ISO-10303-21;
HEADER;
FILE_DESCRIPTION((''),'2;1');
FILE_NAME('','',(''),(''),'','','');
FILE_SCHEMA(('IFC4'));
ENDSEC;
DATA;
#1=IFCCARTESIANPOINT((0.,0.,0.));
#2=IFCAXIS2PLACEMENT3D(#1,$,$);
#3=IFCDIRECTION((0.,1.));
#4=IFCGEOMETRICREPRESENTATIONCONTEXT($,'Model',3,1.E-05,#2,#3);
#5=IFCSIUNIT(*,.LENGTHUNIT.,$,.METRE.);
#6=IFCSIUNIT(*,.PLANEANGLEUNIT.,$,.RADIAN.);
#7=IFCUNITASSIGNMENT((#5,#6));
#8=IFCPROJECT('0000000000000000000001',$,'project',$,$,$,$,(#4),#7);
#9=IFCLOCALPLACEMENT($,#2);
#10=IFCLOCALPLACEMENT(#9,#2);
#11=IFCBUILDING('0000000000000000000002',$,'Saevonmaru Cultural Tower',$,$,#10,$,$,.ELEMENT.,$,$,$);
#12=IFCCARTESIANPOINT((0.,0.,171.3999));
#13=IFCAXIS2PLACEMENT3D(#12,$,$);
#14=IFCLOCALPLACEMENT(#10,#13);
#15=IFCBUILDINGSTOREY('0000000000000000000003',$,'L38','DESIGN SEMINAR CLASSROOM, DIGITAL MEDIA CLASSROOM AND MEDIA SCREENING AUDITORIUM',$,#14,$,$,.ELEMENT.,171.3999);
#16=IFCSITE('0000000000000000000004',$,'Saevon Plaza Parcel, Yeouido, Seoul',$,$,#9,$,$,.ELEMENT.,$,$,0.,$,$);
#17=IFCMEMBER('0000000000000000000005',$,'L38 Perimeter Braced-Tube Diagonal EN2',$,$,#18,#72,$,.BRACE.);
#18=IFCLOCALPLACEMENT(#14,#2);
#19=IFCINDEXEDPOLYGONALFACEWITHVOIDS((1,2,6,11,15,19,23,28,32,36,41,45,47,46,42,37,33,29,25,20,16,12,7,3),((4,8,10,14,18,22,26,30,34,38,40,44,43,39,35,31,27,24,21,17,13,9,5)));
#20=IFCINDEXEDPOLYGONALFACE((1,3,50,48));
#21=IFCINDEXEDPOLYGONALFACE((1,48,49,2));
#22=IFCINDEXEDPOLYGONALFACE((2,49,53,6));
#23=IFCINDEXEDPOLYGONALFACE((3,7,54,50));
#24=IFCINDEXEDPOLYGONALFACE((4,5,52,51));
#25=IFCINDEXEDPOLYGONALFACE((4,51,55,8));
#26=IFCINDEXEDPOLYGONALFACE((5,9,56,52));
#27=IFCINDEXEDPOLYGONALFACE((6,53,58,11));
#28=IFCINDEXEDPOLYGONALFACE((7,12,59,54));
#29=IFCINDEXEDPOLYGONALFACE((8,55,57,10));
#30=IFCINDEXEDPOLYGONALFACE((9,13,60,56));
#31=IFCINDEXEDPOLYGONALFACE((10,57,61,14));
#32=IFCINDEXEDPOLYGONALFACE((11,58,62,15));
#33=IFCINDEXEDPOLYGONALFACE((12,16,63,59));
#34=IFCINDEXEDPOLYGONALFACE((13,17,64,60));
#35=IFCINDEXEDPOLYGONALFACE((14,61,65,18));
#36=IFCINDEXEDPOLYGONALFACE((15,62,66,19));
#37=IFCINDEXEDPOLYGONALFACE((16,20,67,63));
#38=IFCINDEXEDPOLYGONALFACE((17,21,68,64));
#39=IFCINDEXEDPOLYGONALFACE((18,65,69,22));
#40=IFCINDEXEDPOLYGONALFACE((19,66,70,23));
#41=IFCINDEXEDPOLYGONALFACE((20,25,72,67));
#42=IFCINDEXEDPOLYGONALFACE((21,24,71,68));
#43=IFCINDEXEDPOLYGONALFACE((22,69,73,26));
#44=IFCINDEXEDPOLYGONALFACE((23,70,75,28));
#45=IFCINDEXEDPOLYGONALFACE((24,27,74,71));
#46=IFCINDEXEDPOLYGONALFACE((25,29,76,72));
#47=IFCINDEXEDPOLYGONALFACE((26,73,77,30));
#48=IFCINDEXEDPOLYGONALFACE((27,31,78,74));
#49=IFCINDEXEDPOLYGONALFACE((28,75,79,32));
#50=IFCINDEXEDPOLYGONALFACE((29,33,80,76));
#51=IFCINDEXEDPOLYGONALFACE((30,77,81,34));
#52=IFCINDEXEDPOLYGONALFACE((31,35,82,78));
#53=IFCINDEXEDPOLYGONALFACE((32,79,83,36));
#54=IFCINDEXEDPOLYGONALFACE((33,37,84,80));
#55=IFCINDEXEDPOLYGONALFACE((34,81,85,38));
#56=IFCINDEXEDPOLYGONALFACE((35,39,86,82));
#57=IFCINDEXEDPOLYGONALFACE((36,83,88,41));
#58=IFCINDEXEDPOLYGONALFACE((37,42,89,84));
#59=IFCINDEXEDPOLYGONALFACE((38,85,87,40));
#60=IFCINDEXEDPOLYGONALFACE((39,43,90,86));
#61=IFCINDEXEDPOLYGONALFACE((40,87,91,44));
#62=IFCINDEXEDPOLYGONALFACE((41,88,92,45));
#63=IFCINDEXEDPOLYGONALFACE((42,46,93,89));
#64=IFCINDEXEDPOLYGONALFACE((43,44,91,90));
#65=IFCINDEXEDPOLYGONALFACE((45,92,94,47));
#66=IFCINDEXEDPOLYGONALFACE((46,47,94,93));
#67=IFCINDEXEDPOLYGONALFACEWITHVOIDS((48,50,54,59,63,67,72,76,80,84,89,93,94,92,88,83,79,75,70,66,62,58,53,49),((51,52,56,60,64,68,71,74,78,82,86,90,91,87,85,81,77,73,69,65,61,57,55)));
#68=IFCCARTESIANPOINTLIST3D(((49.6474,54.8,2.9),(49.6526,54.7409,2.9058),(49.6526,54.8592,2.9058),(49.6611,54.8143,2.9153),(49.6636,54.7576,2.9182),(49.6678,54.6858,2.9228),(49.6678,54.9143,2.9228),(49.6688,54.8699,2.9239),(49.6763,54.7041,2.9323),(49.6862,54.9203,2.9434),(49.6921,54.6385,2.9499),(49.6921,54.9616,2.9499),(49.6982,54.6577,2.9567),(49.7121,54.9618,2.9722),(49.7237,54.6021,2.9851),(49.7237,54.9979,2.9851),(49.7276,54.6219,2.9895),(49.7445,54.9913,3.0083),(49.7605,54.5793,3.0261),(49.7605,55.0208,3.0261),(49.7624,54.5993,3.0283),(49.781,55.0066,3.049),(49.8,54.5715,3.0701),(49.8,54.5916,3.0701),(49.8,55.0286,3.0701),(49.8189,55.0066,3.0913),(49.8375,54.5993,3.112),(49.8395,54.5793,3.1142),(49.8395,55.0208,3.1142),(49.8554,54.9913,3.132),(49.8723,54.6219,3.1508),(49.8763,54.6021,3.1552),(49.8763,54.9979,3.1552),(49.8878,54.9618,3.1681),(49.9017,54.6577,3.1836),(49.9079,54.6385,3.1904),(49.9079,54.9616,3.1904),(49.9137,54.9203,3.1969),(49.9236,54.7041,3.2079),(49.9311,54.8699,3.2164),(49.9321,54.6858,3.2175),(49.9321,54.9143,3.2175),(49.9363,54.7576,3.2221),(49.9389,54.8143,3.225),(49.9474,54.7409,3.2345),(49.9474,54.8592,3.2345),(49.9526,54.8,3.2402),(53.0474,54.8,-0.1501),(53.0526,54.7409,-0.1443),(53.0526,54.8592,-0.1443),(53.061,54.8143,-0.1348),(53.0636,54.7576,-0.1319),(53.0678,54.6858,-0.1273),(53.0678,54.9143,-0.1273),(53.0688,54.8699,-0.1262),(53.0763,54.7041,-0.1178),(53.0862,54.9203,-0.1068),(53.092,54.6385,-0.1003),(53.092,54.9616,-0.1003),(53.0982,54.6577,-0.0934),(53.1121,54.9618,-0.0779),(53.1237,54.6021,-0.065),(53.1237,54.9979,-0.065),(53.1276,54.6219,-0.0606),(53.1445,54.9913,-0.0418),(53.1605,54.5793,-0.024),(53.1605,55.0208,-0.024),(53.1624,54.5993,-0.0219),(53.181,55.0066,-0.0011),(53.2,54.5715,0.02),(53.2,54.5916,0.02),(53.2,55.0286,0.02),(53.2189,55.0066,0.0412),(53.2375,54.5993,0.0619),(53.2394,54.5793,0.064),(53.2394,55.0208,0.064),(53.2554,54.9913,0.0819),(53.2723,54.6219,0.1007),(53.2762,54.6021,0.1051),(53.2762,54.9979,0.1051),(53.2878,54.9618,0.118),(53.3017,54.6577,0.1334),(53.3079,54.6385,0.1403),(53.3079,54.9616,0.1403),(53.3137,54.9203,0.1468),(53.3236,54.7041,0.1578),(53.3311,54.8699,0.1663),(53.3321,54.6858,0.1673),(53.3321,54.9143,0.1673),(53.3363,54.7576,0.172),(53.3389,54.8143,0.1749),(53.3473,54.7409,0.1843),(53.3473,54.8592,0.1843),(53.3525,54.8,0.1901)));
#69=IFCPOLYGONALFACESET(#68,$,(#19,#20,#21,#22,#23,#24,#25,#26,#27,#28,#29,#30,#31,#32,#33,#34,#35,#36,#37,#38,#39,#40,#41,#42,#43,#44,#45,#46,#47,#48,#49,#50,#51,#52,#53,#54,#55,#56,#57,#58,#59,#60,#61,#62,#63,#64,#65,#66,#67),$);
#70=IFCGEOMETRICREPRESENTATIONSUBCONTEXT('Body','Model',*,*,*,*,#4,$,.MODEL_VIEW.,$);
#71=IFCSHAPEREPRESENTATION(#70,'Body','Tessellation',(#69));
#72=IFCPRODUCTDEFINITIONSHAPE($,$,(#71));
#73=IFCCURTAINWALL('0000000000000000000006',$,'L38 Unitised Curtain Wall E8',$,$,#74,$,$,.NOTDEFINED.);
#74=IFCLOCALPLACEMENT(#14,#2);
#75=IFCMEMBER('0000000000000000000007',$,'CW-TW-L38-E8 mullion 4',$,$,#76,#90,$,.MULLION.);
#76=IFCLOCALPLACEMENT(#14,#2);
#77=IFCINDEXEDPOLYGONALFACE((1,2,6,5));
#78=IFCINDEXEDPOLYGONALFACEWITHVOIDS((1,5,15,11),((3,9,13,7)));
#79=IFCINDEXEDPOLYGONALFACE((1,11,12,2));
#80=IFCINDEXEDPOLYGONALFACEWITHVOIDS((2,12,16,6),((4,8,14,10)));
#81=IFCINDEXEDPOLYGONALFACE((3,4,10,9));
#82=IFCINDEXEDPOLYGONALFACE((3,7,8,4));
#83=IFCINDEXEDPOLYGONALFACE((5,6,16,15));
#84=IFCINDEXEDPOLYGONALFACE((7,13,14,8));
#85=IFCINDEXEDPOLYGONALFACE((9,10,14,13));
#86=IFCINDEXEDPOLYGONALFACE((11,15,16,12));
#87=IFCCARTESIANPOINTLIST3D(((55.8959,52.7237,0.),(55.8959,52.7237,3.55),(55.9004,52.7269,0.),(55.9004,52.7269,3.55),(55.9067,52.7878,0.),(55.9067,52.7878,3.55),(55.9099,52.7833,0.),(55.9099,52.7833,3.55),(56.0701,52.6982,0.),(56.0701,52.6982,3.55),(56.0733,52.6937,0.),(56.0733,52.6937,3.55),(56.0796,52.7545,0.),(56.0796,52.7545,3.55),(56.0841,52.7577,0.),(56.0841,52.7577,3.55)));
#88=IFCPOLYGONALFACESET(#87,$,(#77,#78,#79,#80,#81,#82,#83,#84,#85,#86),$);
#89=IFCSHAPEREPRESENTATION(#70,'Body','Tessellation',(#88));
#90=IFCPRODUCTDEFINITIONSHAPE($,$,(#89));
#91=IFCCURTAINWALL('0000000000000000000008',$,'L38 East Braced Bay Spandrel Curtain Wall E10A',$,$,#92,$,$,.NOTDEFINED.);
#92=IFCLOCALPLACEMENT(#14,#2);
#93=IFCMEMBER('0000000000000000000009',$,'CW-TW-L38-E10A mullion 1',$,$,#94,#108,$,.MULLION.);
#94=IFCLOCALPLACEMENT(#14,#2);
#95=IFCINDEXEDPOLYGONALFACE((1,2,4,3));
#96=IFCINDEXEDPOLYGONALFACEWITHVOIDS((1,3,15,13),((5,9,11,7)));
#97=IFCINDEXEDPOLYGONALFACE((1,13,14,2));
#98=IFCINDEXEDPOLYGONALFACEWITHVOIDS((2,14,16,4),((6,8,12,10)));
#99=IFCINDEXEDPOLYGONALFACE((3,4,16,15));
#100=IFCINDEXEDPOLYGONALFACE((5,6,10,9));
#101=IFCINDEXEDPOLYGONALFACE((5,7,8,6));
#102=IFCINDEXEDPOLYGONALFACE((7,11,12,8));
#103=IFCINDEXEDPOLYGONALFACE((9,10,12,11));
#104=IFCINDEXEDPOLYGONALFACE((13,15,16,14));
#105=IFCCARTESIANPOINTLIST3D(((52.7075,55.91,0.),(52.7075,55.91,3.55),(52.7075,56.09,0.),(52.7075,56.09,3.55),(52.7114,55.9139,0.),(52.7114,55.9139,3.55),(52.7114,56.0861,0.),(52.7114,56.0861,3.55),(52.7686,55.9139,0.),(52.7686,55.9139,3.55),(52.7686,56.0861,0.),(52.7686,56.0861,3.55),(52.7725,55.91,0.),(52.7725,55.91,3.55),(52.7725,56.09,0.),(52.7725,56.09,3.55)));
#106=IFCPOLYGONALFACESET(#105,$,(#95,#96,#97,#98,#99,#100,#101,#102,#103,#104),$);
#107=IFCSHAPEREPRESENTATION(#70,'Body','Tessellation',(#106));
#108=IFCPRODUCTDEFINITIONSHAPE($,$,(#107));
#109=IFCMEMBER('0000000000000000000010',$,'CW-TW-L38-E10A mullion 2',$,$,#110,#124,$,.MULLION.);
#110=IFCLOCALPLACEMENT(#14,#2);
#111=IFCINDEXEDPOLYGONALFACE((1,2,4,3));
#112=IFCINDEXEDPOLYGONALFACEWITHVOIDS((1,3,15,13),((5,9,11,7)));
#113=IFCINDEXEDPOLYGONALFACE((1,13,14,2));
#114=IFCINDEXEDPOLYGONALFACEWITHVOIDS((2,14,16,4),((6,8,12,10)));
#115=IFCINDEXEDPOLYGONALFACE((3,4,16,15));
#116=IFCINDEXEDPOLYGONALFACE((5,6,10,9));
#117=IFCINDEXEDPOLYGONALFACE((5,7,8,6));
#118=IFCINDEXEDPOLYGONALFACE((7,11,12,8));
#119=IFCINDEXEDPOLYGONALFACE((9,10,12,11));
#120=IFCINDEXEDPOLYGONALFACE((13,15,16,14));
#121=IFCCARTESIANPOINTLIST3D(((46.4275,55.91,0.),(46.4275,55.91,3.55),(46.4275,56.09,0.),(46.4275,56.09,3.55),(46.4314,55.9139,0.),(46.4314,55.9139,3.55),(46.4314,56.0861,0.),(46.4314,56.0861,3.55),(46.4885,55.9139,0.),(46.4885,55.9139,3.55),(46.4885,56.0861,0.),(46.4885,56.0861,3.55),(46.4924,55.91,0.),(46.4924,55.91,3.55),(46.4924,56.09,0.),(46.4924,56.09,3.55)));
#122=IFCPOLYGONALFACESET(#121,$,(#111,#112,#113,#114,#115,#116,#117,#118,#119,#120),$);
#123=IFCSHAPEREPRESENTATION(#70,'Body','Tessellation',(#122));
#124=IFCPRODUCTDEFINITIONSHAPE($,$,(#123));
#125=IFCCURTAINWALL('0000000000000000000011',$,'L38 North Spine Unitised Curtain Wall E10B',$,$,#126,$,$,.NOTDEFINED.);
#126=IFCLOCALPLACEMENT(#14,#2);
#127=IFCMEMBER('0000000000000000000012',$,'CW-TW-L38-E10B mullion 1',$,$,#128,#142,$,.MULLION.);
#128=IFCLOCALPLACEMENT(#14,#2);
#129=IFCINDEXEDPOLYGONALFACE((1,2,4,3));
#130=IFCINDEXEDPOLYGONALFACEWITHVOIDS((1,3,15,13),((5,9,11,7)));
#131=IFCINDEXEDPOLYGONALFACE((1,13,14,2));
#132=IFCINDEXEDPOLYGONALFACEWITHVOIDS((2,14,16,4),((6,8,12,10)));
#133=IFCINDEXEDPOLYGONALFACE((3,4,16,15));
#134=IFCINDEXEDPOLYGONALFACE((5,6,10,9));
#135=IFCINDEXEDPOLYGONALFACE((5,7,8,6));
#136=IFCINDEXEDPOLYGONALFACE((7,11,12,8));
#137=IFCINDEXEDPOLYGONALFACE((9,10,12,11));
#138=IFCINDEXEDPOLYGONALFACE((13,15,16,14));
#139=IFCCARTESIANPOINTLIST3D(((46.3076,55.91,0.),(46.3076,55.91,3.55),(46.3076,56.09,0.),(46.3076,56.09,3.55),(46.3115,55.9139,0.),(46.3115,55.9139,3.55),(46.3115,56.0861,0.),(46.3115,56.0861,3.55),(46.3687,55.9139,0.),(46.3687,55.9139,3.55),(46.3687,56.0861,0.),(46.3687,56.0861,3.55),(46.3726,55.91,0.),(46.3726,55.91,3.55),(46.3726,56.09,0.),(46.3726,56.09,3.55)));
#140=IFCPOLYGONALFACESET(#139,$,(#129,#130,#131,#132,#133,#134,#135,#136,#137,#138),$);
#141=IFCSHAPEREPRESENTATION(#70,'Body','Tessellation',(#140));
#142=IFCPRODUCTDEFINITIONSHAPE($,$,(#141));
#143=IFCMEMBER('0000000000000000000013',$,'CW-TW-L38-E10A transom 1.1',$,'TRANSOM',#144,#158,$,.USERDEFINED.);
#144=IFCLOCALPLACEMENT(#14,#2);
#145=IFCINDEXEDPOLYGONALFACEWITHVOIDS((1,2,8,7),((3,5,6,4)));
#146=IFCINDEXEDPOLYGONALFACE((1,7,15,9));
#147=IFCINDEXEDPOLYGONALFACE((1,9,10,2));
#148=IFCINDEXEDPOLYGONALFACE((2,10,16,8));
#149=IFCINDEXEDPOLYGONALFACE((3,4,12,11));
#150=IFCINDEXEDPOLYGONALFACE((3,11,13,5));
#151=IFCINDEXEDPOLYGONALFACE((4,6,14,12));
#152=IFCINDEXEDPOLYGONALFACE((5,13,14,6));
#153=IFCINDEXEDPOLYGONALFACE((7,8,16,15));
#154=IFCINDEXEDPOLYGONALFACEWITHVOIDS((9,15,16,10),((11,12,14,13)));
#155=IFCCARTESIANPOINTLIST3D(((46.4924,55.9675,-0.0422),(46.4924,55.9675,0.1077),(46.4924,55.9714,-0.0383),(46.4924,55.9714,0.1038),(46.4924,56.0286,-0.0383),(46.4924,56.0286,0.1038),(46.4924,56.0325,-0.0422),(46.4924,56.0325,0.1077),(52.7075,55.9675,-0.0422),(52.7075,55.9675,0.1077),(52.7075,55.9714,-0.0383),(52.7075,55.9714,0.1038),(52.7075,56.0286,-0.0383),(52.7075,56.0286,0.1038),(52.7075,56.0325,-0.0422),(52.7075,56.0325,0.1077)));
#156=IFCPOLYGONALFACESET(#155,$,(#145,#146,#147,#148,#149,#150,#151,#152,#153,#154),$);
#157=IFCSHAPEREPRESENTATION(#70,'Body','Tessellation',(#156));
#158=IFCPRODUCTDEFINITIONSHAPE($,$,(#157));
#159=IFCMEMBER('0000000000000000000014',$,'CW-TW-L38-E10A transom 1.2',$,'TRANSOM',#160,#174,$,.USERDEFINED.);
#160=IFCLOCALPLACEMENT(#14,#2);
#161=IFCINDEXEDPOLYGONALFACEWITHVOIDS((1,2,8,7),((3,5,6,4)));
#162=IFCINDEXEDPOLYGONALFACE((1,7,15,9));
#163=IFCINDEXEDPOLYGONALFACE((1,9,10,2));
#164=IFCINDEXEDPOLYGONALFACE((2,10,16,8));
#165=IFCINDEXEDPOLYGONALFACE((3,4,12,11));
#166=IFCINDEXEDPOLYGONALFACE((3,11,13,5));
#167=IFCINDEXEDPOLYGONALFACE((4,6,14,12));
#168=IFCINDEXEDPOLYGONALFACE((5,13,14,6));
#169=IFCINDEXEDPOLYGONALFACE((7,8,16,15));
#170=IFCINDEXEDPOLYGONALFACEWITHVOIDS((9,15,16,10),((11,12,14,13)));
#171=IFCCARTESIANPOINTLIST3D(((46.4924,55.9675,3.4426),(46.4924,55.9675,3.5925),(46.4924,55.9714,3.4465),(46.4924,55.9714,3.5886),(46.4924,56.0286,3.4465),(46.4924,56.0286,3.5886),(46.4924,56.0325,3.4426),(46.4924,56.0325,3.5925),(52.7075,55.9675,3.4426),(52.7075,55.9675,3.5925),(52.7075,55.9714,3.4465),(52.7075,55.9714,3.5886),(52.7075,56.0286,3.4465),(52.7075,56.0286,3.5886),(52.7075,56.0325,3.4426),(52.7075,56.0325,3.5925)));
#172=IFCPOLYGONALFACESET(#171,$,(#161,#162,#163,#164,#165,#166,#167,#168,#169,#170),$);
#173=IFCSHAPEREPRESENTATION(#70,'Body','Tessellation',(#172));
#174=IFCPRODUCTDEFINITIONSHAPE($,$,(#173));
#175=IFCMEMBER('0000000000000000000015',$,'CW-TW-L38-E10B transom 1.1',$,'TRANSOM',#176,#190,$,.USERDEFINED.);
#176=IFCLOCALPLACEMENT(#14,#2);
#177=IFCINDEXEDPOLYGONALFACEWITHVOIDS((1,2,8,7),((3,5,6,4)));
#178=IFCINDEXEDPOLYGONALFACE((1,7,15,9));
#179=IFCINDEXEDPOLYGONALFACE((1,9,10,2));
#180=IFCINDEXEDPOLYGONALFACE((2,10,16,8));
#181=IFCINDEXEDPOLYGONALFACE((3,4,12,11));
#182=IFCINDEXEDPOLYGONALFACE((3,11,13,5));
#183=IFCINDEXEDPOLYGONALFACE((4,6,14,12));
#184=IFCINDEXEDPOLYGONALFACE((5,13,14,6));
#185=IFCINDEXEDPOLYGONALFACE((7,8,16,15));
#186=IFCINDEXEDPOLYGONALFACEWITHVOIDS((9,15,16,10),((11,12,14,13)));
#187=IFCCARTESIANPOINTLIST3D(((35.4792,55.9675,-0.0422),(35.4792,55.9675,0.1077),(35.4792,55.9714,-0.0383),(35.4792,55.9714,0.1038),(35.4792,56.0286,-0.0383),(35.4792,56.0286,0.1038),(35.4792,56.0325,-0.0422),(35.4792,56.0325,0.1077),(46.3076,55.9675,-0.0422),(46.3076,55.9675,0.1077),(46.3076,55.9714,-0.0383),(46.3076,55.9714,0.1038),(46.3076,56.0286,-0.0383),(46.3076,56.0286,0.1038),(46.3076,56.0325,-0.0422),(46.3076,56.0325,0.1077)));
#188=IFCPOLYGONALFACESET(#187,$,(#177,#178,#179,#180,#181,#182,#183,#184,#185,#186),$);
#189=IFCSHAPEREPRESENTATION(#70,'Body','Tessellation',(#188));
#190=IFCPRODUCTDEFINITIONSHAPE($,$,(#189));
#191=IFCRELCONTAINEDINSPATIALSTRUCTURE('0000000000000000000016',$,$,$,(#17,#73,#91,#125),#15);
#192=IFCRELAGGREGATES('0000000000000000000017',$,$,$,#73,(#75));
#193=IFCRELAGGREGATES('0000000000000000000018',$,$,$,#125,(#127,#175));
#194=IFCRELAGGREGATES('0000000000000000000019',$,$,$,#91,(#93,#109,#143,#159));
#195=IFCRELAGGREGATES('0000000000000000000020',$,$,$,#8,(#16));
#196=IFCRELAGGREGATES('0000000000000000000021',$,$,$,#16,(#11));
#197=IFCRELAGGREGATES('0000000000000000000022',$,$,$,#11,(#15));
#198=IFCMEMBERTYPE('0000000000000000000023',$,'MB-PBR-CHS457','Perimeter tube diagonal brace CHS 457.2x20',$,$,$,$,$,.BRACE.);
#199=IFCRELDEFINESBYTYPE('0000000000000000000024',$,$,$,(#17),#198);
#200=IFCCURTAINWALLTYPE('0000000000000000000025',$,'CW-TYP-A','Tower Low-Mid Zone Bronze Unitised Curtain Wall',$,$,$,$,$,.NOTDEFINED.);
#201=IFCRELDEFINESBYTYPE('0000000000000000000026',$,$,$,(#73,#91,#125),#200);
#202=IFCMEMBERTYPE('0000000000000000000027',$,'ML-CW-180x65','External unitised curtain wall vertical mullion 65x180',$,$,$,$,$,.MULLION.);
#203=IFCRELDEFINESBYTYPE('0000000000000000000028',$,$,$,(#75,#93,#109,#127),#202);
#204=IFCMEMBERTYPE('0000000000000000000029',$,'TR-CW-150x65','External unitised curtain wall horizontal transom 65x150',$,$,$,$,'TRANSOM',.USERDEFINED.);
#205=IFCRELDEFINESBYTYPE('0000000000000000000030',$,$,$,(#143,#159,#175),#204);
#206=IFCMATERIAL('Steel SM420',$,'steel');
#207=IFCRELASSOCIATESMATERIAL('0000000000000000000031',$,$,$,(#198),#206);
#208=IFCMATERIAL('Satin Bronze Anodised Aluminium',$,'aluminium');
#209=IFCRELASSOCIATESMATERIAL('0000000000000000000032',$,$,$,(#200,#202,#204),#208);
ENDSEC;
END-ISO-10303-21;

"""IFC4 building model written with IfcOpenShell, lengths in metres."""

from ifc_helpers import new_model, si_unit, direction, frame, origin, origin_2d, place, context, subcontext, project, spatial, hollow_rectangle, hollow_circle, extrude, material, material_profile, profile_set, type_object, element, aggregate, save


model = new_model("IFC4")

# Units and contexts
model_context = context("Model", 3, precision=1e-05, world=origin(), true_north=direction((0.0, 1.0)))
body_context = subcontext(model_context, "Body", "Model", "MODEL_VIEW")
ifc_project = project(units=[si_unit("LENGTHUNIT", "METRE"), si_unit("PLANEANGLEUNIT", "RADIAN")], contexts=[model_context])

# Site, building, storey
site_placement = place(None, origin())
site = spatial("IfcSite", under=ifc_project, at=site_placement, Name="Saevon Plaza Parcel, Yeouido, Seoul", CompositionType="ELEMENT", RefElevation=0.0)
building_placement = place(site_placement, origin())
building = spatial("IfcBuilding", under=site, at=building_placement, Name="Saevonmaru Cultural Tower", CompositionType="ELEMENT")
storey_placement = place(building_placement, frame((0.0, 0.0, 171.3999)))
storey = spatial("IfcBuildingStorey", under=building, at=storey_placement, Name="L38", Description="DESIGN SEMINAR CLASSROOM, DIGITAL MEDIA CLASSROOM AND MEDIA SCREENING AUDITORIUM", CompositionType="ELEMENT", Elevation=171.3999)

# Shared definitions
ifc_material_1 = material(Name="Steel SM420", Category="steel")

# Member
ifc_material_profile_1 = material_profile(ifc_material_1, hollow_circle(Radius=0.2285, WallThickness=0.02, at=origin_2d()), Name="CHS-457.2x20")
ifc_profile_set_1 = profile_set([ifc_material_profile_1], Name="Steel SM420")
member_type_1 = type_object("IfcMemberType", Name="MB-PBR-CHS457", Description="Perimeter tube diagonal brace CHS 457.2x20", PredefinedType="BRACE", material=ifc_profile_set_1)
for number, where, z_axis, x_axis, name in (
    (1, (53.2, 54.8, 0.02), (-0.744367, 0.0, 0.667771), (0.0, -1.0, 0.0), "L38 Perimeter Braced-Tube Diagonal EN2"),
):
    element("IfcMember", number, at=place(storey_placement, frame(where, z_axis=z_axis, x_axis=x_axis)), inside=storey, type_object=member_type_1, Name=name, PredefinedType="BRACE", context=body_context, shape_type="SweptSolid", body=[
        extrude(hollow_circle(Radius=0.2285, WallThickness=0.02, at=origin_2d()), origin(), (0.0, 0.0, 1.0), 4.5676),
    ])

# Curtain wall, member
ifc_material_2 = material(Name="Satin Bronze Anodised Aluminium", Category="aluminium")
curtain_wall_type = type_object("IfcCurtainWallType", Name="CW-TYP-A", Description="Tower Low-Mid Zone Bronze Unitised Curtain Wall", PredefinedType="NOTDEFINED", material=ifc_material_2)
curtain_wall_1_placement = place(storey_placement, origin())
curtain_wall_1 = element("IfcCurtainWall", 2, at=curtain_wall_1_placement, inside=storey, type_object=curtain_wall_type, Name="L38 Unitised Curtain Wall E8", PredefinedType="NOTDEFINED")
ifc_material_profile_2 = material_profile(ifc_material_2, hollow_rectangle(XDim=0.0649, YDim=0.1799, WallThickness=0.0039, at=origin_2d()), Name="ALU-MULL-180x65x4")
ifc_profile_set_2 = profile_set([ifc_material_profile_2], Name="Satin Bronze Anodised Aluminium")
member_type_2 = type_object("IfcMemberType", Name="ML-CW-180x65", Description="External unitised curtain wall vertical mullion 65x180", PredefinedType="MULLION", material=ifc_profile_set_2)
member_1_placement = place(storey_placement, frame((55.99, 52.7407, 0.0), z_axis=(0.0, 0.0, 1.0), x_axis=(0.166922, 0.98597, 0.0)))
member_1 = element("IfcMember", 3, at=member_1_placement, type_object=member_type_2, Name="CW-TW-L38-E8 mullion 4", PredefinedType="MULLION", context=body_context, shape_type="SweptSolid", body=[
    extrude(hollow_rectangle(XDim=0.0649, YDim=0.1799, WallThickness=0.0039, at=origin_2d()), origin(), (0.0, 0.0, 1.0), 3.55),
])
aggregate(curtain_wall_1, [member_1])

# Curtain wall, members
curtain_wall_2_placement = place(storey_placement, origin())
curtain_wall_2 = element("IfcCurtainWall", 4, at=curtain_wall_2_placement, inside=storey, type_object=curtain_wall_type, Name="L38 East Braced Bay Spandrel Curtain Wall E10A", PredefinedType="NOTDEFINED")
member_2_placement = place(storey_placement, frame((52.74, 56.0, 0.0), z_axis=(0.0, 0.0, 1.0), x_axis=(-1.0, 0.0, 0.0)))
member_2 = element("IfcMember", 5, at=member_2_placement, type_object=member_type_2, Name="CW-TW-L38-E10A mullion 1", PredefinedType="MULLION", context=body_context, shape_type="SweptSolid", body=[
    extrude(hollow_rectangle(XDim=0.0649, YDim=0.1799, WallThickness=0.0039, at=origin_2d()), origin(), (0.0, 0.0, 1.0), 3.55),
])
member_3_placement = place(storey_placement, frame((46.46, 56.0, 0.0), z_axis=(0.0, 0.0, 1.0), x_axis=(-1.0, 0.0, 0.0)))
member_3 = element("IfcMember", 6, at=member_3_placement, type_object=member_type_2, Name="CW-TW-L38-E10A mullion 2", PredefinedType="MULLION", context=body_context, shape_type="SweptSolid", body=[
    extrude(hollow_rectangle(XDim=0.0649, YDim=0.1799, WallThickness=0.0039, at=origin_2d()), origin(), (0.0, 0.0, 1.0), 3.55),
])

# Curtain wall, member
curtain_wall_3_placement = place(storey_placement, origin())
curtain_wall_3 = element("IfcCurtainWall", 7, at=curtain_wall_3_placement, inside=storey, type_object=curtain_wall_type, Name="L38 North Spine Unitised Curtain Wall E10B", PredefinedType="NOTDEFINED")
member_4_placement = place(storey_placement, frame((46.3401, 56.0, 0.0), z_axis=(0.0, 0.0, 1.0), x_axis=(-1.0, 0.0, 0.0)))
member_4 = element("IfcMember", 8, at=member_4_placement, type_object=member_type_2, Name="CW-TW-L38-E10B mullion 1", PredefinedType="MULLION", context=body_context, shape_type="SweptSolid", body=[
    extrude(hollow_rectangle(XDim=0.0649, YDim=0.1799, WallThickness=0.0039, at=origin_2d()), origin(), (0.0, 0.0, 1.0), 3.55),
])

# Members
ifc_material_profile_3 = material_profile(ifc_material_2, hollow_rectangle(XDim=0.0649, YDim=0.1499, WallThickness=0.0039, at=origin_2d()), Name="ALU-TRAN-150x65x4")
ifc_profile_set_3 = profile_set([ifc_material_profile_3], Name="Satin Bronze Anodised Aluminium")
member_type_3 = type_object("IfcMemberType", Name="TR-CW-150x65", Description="External unitised curtain wall horizontal transom 65x150", ElementType="TRANSOM", PredefinedType="USERDEFINED", material=ifc_profile_set_3)
member_5_placement = place(storey_placement, frame((52.7075, 56.0, 0.0327), z_axis=(-1.0, 0.0, 0.0), x_axis=(0.0, -1.0, 0.0)))
member_5 = element("IfcMember", 9, at=member_5_placement, type_object=member_type_3, Name="CW-TW-L38-E10A transom 1.1", ObjectType="TRANSOM", PredefinedType="USERDEFINED", context=body_context, shape_type="SweptSolid", body=[
    extrude(hollow_rectangle(XDim=0.0649, YDim=0.1499, WallThickness=0.0039, at=origin_2d()), origin(), (0.0, 0.0, 1.0), 6.2151),
])
member_6_placement = place(storey_placement, frame((52.7075, 56.0, 3.5176), z_axis=(-1.0, 0.0, 0.0), x_axis=(0.0, -1.0, 0.0)))
member_6 = element("IfcMember", 10, at=member_6_placement, type_object=member_type_3, Name="CW-TW-L38-E10A transom 1.2", ObjectType="TRANSOM", PredefinedType="USERDEFINED", context=body_context, shape_type="SweptSolid", body=[
    extrude(hollow_rectangle(XDim=0.0649, YDim=0.1499, WallThickness=0.0039, at=origin_2d()), origin(), (0.0, 0.0, 1.0), 6.2151),
])
member_7_placement = place(storey_placement, frame((46.3076, 56.0, 0.0327), z_axis=(-1.0, 0.0, 0.0), x_axis=(0.0, -1.0, 0.0)))
member_7 = element("IfcMember", 11, at=member_7_placement, type_object=member_type_3, Name="CW-TW-L38-E10B transom 1.1", ObjectType="TRANSOM", PredefinedType="USERDEFINED", context=body_context, shape_type="SweptSolid", body=[
    extrude(hollow_rectangle(XDim=0.0649, YDim=0.1499, WallThickness=0.0039, at=origin_2d()), origin(), (0.0, 0.0, 1.0), 10.8284),
])
aggregate(curtain_wall_3, [member_4, member_7])

aggregate(curtain_wall_2, [member_2, member_3, member_5, member_6])

save(model, "model.ifc")
